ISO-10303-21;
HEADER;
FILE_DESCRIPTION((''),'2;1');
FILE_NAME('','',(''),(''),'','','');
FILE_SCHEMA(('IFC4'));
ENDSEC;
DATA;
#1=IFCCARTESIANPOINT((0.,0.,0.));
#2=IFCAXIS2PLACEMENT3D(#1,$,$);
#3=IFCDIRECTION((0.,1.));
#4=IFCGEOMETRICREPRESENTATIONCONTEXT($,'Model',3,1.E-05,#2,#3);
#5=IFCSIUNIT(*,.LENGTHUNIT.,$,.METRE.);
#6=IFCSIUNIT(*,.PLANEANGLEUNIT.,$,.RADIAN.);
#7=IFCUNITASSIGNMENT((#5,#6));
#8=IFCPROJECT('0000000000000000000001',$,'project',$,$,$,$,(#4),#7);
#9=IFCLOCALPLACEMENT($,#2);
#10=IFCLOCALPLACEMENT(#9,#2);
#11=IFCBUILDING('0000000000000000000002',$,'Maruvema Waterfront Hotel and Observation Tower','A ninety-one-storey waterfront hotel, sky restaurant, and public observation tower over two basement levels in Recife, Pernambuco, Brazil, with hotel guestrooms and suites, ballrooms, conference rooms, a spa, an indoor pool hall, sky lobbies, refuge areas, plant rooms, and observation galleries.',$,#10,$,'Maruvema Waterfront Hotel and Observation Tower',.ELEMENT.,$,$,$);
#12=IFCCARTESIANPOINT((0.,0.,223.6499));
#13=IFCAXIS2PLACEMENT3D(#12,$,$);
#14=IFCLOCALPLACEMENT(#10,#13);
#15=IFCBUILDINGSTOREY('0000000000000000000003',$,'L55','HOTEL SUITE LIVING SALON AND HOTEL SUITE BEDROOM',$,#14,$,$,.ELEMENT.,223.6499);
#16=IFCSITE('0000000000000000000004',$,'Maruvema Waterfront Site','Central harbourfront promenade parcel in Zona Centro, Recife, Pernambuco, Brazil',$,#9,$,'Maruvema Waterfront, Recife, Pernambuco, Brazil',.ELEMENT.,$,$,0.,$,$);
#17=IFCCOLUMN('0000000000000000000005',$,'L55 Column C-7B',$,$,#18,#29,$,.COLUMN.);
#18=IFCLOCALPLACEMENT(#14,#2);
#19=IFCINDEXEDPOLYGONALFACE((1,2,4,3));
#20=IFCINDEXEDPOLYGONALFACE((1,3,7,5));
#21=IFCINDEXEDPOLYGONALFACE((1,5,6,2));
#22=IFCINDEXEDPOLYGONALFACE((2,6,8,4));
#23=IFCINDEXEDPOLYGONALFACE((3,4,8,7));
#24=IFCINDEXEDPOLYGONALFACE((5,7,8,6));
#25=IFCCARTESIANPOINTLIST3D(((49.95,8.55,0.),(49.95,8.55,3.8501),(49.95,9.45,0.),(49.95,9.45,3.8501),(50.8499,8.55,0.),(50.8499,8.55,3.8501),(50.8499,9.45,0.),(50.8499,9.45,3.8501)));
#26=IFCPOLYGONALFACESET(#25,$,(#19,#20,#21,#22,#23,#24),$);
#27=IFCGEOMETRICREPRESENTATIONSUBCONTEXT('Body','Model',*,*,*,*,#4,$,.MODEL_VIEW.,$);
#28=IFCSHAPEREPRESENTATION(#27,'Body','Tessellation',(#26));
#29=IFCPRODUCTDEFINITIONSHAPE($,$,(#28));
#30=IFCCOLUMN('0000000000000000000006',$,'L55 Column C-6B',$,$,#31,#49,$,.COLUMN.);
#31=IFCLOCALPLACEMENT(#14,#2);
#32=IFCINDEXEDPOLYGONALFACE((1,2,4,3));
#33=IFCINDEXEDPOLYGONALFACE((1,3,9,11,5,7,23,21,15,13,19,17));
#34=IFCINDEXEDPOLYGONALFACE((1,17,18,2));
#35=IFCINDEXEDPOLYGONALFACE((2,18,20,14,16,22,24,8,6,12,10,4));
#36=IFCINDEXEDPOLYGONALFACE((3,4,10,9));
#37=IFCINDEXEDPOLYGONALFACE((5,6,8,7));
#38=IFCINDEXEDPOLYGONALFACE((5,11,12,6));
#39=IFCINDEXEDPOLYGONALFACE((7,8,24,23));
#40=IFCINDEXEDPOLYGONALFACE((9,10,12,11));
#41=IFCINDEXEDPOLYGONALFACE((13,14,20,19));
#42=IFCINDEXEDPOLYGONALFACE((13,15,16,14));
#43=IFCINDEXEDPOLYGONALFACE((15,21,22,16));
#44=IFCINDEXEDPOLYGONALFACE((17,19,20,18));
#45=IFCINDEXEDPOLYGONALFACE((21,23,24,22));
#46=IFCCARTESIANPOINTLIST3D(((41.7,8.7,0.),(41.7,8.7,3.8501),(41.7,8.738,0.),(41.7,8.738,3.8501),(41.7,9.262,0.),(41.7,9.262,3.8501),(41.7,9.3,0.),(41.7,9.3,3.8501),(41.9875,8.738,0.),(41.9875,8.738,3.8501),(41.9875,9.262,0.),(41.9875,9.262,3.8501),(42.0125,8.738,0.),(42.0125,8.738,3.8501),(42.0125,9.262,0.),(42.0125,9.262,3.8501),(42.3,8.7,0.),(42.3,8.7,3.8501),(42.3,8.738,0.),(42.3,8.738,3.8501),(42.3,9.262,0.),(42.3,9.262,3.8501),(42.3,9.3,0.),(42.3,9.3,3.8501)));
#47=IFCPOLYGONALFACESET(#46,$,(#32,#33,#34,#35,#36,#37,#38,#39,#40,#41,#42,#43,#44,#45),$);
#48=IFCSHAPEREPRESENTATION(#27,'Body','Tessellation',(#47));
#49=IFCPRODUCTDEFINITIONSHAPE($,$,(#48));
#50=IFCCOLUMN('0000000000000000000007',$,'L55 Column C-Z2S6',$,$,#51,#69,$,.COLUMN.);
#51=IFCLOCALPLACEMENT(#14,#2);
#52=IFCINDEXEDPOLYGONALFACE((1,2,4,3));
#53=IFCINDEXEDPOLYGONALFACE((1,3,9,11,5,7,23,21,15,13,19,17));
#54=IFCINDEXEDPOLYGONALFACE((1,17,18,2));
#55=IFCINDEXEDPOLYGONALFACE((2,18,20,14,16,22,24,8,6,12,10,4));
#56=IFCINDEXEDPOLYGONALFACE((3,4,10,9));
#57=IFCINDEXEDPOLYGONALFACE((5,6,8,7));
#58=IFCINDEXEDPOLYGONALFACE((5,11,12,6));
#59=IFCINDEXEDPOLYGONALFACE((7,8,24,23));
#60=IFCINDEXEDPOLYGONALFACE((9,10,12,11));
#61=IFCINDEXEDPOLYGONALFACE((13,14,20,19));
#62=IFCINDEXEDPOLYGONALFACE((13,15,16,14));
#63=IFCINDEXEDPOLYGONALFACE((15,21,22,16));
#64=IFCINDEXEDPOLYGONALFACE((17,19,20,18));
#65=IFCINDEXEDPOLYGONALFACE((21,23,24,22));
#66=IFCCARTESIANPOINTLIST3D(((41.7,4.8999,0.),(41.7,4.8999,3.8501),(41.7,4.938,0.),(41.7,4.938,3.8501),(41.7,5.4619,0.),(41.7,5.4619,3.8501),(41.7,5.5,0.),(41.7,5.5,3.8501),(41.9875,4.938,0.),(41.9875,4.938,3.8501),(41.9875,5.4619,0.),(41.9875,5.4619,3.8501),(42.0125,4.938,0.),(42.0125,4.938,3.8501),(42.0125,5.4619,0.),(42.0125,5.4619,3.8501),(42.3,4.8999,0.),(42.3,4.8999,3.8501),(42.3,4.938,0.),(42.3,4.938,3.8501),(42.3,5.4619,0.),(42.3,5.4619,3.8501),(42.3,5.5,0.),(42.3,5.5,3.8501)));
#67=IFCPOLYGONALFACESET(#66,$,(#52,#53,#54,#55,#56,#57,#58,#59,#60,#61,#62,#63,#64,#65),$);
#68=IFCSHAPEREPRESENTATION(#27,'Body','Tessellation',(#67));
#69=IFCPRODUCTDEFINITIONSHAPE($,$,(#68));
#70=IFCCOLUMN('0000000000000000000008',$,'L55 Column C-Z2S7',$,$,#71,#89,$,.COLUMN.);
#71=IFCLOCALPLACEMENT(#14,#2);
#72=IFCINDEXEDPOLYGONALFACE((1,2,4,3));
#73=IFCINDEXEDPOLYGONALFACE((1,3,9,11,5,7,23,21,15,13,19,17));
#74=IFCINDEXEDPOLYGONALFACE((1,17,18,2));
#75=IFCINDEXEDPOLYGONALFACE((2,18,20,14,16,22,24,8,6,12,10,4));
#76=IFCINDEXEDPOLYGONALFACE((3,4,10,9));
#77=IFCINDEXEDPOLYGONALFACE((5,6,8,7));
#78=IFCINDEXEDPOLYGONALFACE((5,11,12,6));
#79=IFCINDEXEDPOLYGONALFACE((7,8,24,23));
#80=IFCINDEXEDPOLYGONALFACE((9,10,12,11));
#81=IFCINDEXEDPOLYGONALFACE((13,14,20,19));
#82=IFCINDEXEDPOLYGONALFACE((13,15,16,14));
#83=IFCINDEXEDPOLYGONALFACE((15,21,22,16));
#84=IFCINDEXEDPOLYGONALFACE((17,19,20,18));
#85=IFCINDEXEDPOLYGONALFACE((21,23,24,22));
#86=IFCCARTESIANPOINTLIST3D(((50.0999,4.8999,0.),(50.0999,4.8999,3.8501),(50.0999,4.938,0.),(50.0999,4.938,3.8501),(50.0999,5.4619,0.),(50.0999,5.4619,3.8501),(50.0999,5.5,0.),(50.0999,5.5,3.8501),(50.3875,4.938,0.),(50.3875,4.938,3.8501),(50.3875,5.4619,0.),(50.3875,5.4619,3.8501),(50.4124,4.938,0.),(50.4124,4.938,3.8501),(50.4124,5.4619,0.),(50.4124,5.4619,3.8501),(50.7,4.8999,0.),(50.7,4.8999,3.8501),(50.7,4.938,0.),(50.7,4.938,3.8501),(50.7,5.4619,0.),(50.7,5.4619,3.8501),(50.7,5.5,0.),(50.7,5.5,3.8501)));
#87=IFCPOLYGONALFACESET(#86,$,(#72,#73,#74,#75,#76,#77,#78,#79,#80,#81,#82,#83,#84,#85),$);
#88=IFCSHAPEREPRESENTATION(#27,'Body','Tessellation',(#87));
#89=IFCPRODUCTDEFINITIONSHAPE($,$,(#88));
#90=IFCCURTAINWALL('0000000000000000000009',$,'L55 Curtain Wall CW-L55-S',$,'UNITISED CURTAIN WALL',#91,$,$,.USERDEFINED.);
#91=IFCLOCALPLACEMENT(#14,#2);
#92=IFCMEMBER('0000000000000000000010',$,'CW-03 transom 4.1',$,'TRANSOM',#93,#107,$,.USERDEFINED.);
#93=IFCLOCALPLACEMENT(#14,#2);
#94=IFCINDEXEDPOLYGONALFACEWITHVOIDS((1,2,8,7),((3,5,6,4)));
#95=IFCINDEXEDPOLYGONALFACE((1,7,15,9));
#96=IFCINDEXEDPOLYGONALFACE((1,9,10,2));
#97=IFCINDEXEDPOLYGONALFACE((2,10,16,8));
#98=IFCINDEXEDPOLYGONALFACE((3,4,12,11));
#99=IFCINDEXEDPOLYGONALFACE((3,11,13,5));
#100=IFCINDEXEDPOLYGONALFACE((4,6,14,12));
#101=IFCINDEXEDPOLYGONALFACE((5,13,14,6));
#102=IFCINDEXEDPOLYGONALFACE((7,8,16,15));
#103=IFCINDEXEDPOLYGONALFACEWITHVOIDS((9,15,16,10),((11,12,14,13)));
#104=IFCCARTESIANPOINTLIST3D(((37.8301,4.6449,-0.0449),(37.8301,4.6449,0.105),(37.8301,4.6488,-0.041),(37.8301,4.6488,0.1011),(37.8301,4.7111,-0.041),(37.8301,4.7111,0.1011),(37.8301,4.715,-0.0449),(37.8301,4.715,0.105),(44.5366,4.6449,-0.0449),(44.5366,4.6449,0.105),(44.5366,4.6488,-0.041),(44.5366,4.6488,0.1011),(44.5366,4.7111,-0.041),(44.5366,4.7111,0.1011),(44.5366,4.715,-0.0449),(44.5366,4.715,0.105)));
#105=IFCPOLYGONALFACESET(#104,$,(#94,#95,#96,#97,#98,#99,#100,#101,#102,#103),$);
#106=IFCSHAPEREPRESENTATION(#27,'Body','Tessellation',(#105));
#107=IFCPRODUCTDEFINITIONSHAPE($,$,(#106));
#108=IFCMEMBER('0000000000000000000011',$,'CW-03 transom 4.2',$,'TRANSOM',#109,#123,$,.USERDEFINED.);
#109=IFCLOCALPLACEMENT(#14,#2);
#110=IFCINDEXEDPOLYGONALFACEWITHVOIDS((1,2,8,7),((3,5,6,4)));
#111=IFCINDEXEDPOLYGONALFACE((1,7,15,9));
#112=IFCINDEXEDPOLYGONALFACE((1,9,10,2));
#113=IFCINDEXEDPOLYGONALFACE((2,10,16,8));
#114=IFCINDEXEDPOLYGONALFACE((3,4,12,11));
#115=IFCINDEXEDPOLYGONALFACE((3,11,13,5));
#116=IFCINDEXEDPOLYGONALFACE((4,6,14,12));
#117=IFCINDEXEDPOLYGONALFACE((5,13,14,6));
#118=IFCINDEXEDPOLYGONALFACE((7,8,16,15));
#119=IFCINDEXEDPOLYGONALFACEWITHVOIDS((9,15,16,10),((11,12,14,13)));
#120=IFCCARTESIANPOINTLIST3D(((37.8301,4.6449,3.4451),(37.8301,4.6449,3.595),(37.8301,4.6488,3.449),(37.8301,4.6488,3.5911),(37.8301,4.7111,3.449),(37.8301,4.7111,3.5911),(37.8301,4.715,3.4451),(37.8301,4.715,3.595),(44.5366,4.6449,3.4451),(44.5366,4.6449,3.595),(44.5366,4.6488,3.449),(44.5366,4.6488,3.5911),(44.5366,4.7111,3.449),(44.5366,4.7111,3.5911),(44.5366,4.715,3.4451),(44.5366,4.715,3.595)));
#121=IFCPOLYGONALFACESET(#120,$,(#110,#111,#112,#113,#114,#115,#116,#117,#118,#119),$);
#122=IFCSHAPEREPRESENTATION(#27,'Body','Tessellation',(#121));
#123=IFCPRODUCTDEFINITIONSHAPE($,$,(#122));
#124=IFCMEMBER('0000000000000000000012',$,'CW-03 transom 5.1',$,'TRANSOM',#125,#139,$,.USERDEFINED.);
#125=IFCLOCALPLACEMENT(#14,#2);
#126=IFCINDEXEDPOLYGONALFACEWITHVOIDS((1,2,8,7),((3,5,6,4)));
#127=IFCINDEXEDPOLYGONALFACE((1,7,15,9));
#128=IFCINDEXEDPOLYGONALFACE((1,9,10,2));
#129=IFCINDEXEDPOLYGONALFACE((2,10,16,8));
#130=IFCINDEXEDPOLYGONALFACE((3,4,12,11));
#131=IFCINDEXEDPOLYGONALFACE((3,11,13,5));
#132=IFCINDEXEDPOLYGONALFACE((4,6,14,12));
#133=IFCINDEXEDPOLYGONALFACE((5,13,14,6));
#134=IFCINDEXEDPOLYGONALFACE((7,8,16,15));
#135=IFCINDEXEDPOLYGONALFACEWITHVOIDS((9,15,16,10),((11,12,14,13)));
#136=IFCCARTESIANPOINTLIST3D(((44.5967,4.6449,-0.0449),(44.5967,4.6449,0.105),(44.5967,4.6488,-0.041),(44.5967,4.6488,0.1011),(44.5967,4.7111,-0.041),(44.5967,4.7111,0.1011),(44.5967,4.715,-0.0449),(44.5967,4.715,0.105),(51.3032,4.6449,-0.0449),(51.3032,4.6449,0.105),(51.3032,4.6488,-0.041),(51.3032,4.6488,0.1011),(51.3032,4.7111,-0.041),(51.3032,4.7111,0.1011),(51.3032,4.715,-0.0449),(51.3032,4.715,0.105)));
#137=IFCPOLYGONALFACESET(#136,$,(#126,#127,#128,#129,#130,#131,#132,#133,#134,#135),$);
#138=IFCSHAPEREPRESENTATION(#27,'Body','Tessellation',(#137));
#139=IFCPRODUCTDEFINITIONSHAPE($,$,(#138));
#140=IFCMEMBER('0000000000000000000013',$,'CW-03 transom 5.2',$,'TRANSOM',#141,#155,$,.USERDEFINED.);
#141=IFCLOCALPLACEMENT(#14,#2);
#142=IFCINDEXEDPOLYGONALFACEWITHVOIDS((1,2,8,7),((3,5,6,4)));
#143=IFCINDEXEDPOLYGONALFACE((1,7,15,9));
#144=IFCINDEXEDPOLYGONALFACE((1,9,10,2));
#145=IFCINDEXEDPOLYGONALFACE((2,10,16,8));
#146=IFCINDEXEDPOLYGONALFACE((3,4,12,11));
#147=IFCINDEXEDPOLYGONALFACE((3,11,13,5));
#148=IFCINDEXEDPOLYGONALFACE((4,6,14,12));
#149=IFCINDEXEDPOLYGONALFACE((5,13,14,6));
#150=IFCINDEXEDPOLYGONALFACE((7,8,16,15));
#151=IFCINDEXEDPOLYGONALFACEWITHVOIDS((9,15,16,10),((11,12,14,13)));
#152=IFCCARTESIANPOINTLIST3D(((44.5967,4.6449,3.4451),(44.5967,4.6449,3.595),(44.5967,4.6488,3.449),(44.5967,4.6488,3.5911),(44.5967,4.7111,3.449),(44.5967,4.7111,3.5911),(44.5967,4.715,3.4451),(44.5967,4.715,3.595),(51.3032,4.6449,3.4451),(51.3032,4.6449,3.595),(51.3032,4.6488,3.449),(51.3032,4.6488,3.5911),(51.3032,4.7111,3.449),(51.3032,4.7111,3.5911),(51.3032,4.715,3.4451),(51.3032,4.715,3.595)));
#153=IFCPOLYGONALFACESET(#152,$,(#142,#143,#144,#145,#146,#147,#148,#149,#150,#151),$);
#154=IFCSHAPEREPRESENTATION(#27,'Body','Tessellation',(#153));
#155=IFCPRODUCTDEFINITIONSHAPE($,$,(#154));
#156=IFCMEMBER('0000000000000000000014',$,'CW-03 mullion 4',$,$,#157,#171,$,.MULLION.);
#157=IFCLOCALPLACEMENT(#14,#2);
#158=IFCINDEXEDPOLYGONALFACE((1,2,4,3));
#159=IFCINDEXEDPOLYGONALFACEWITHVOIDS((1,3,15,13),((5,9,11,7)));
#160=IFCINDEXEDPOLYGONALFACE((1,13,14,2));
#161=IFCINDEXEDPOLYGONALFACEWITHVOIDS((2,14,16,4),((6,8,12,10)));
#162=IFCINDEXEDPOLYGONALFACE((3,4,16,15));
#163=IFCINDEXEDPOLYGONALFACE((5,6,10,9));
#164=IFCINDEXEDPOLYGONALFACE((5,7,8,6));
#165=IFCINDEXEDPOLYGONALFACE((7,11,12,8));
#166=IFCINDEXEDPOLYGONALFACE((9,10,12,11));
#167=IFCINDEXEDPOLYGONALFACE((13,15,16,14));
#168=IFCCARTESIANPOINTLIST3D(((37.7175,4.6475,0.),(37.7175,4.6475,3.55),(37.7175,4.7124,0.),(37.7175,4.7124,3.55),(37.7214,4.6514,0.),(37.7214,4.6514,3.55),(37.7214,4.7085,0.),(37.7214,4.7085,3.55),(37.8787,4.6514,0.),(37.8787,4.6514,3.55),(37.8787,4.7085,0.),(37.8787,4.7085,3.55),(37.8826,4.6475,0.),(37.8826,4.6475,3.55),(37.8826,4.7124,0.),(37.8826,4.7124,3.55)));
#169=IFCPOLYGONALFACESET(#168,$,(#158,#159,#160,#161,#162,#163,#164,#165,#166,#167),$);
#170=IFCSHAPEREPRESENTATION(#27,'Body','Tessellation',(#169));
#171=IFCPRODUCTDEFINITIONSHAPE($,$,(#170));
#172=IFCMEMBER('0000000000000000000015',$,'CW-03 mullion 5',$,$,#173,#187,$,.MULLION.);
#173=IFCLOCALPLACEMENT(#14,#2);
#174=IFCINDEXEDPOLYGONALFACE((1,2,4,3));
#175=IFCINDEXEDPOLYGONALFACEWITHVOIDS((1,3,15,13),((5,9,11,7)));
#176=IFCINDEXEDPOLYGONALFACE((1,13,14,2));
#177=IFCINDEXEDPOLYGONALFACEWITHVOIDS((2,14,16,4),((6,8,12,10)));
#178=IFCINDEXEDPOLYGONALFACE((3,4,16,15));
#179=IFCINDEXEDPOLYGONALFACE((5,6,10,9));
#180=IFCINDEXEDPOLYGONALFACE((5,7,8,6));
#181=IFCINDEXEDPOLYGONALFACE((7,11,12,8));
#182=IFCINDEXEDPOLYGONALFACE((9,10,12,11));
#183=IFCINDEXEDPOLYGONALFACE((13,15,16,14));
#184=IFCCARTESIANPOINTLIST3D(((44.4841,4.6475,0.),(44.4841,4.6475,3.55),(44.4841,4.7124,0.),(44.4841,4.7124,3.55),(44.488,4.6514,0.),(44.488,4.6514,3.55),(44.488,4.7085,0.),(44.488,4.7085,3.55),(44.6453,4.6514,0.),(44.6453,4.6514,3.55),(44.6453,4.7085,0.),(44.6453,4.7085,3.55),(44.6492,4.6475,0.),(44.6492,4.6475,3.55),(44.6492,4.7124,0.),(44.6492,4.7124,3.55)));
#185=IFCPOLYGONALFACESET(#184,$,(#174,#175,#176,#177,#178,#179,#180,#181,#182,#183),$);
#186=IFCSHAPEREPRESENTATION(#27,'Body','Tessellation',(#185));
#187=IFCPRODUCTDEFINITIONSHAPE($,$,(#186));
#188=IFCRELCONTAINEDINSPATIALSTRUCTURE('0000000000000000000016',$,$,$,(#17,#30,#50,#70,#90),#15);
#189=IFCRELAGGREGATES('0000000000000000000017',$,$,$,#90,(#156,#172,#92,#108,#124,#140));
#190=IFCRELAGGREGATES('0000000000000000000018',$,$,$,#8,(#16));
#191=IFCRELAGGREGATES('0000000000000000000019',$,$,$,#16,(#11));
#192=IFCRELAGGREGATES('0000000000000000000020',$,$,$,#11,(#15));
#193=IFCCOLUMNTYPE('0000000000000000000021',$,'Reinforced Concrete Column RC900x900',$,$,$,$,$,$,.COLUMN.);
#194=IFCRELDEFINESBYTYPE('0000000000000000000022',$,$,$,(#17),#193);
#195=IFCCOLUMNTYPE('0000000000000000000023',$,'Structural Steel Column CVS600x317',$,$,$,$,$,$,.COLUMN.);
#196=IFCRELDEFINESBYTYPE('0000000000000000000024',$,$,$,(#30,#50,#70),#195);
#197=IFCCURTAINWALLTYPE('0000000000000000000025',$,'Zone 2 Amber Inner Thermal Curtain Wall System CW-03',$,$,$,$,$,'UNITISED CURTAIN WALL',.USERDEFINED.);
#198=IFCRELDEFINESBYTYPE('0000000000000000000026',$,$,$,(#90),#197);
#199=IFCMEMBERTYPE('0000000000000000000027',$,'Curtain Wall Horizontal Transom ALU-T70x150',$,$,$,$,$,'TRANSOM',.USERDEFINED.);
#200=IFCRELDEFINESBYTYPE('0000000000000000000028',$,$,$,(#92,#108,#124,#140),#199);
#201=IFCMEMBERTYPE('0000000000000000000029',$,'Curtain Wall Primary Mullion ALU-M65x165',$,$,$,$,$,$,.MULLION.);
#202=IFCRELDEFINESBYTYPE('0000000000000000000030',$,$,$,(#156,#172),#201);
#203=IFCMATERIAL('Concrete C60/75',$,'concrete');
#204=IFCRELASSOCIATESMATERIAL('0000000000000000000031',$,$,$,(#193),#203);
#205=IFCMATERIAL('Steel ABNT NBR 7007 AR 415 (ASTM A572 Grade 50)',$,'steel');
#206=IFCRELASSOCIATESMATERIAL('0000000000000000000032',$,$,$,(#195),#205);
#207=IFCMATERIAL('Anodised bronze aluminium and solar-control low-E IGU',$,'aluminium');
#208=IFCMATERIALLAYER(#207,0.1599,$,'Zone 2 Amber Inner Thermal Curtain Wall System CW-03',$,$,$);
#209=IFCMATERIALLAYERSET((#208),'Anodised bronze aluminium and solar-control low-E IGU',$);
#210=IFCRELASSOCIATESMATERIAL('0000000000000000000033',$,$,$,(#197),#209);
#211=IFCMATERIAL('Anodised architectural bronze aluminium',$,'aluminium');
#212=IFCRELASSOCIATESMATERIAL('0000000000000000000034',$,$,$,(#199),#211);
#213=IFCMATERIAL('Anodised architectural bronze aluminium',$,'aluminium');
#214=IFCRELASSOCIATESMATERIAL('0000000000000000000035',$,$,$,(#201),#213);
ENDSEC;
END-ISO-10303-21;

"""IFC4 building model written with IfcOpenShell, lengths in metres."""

from ifc_helpers import new_model, si_unit, direction, frame, origin, origin_2d, place, context, subcontext, project, spatial, rectangle, hollow_rectangle, i_section, extrude, material, layer, layer_set, material_profile, profile_set, type_object, element, aggregate, save


model = new_model("IFC4")

# Units and contexts
model_context = context("Model", 3, precision=1e-05, world=origin(), true_north=direction((0.0, 1.0)))
body_context = subcontext(model_context, "Body", "Model", "MODEL_VIEW")
ifc_project = project(units=[si_unit("LENGTHUNIT", "METRE"), si_unit("PLANEANGLEUNIT", "RADIAN")], contexts=[model_context])

# Site, building, storey
site_placement = place(None, origin())
site = spatial("IfcSite", under=ifc_project, at=site_placement, Name="Maruvema Waterfront Site", Description="Central harbourfront promenade parcel in Zona Centro, Recife, Pernambuco, Brazil", LongName="Maruvema Waterfront, Recife, Pernambuco, Brazil", CompositionType="ELEMENT", RefElevation=0.0)
building_placement = place(site_placement, origin())
building = spatial("IfcBuilding", under=site, at=building_placement, Name="Maruvema Waterfront Hotel and Observation Tower", Description="A ninety-one-storey waterfront hotel, sky restaurant, and public observation tower over two basement levels in Recife, Pernambuco, Brazil, with hotel guestrooms and suites, ballrooms, conference rooms, a spa, an indoor pool hall, sky lobbies, refuge areas, plant rooms, and observation galleries.", LongName="Maruvema Waterfront Hotel and Observation Tower", CompositionType="ELEMENT")
storey_placement = place(building_placement, frame((0.0, 0.0, 223.6499)))
storey = spatial("IfcBuildingStorey", under=building, at=storey_placement, Name="L55", Description="HOTEL SUITE LIVING SALON AND HOTEL SUITE BEDROOM", CompositionType="ELEMENT", Elevation=223.6499)

# Columns
ifc_material_1 = material(Name="Concrete C60/75", Category="concrete")
ifc_material_profile_1 = material_profile(ifc_material_1, rectangle(XDim=0.8999, YDim=0.8999, at=origin_2d()), Name="RC900x900")
ifc_profile_set_1 = profile_set([ifc_material_profile_1], Name="Concrete C60/75")
column_type_1 = type_object("IfcColumnType", Name="Reinforced Concrete Column RC900x900", PredefinedType="COLUMN", material=ifc_profile_set_1)
column_placement = place(storey_placement, frame((50.3999, 9.0, 0.0), z_axis=(0.0, 0.0, 1.0), x_axis=(1.0, 0.0, 0.0)))
element("IfcColumn", 1, at=column_placement, inside=storey, type_object=column_type_1, Name="L55 Column C-7B", PredefinedType="COLUMN", context=body_context, shape_type="SweptSolid", body=[
    extrude(rectangle(XDim=0.8999, YDim=0.8999, at=origin_2d()), origin(), (0.0, 0.0, 1.0), 3.8501),
])
ifc_material_2 = material(Name="Steel ABNT NBR 7007 AR 415 (ASTM A572 Grade 50)", Category="steel")
ifc_material_profile_2 = material_profile(ifc_material_2, i_section(OverallWidth=0.6001, OverallDepth=0.6001, WebThickness=0.0249, FlangeThickness=0.0381, at=origin_2d()), Name="CVS600x317")
ifc_profile_set_2 = profile_set([ifc_material_profile_2], Name="Steel ABNT NBR 7007 AR 415 (ASTM A572 Grade 50)")
column_type_2 = type_object("IfcColumnType", Name="Structural Steel Column CVS600x317", PredefinedType="COLUMN", material=ifc_profile_set_2)
for number, where, z_axis, x_axis, name in (
    (2, (42.0, 9.0, 0.0), (0.0, 0.0, 1.0), (1.0, 0.0, 0.0), "L55 Column C-6B"),
    (3, (42.0, 5.2, 0.0), (0.0, 0.0, 1.0), (1.0, 0.0, 0.0), "L55 Column C-Z2S6"),
    (4, (50.3999, 5.2, 0.0), (0.0, 0.0, 1.0), (1.0, 0.0, 0.0), "L55 Column C-Z2S7"),
):
    element("IfcColumn", number, at=place(storey_placement, frame(where, z_axis=z_axis, x_axis=x_axis)), inside=storey, type_object=column_type_2, Name=name, PredefinedType="COLUMN", context=body_context, shape_type="SweptSolid", body=[
        extrude(i_section(OverallWidth=0.6001, OverallDepth=0.6001, WebThickness=0.0249, FlangeThickness=0.0381, at=origin_2d()), origin(), (0.0, 0.0, 1.0), 3.8501),
    ])

# Curtain wall, members
ifc_material_3 = material(Name="Anodised bronze aluminium and solar-control low-E IGU", Category="aluminium")
ifc_layer_1 = layer(ifc_material_3, 0.1599, Name="Zone 2 Amber Inner Thermal Curtain Wall System CW-03")
ifc_layer_set_1 = layer_set([ifc_layer_1], Name="Anodised bronze aluminium and solar-control low-E IGU")
curtain_wall_type = type_object("IfcCurtainWallType", Name="Zone 2 Amber Inner Thermal Curtain Wall System CW-03", ElementType="UNITISED CURTAIN WALL", PredefinedType="USERDEFINED", material=ifc_layer_set_1)
curtain_wall_placement = place(storey_placement, origin())
curtain_wall = element("IfcCurtainWall", 5, at=curtain_wall_placement, inside=storey, type_object=curtain_wall_type, Name="L55 Curtain Wall CW-L55-S", ObjectType="UNITISED CURTAIN WALL", PredefinedType="USERDEFINED")
ifc_material_4 = material(Name="Anodised architectural bronze aluminium", Category="aluminium")
ifc_material_profile_3 = material_profile(ifc_material_4, hollow_rectangle(XDim=0.0701, YDim=0.1499, WallThickness=0.0039, at=origin_2d()), Name="ALU-T70x150")
ifc_profile_set_3 = profile_set([ifc_material_profile_3], Name="Anodised architectural bronze aluminium")
member_type_1 = type_object("IfcMemberType", Name="Curtain Wall Horizontal Transom ALU-T70x150", ElementType="TRANSOM", PredefinedType="USERDEFINED", material=ifc_profile_set_3)
member_1_placement = place(storey_placement, frame((37.8301, 4.6799, 0.03), z_axis=(1.0, 0.0, 0.0), x_axis=(0.0, 1.0, 0.0)))
member_1 = element("IfcMember", 6, at=member_1_placement, type_object=member_type_1, Name="CW-03 transom 4.1", ObjectType="TRANSOM", PredefinedType="USERDEFINED", context=body_context, shape_type="SweptSolid", body=[
    extrude(hollow_rectangle(XDim=0.0701, YDim=0.1499, WallThickness=0.0039, at=origin_2d()), origin(), (0.0, 0.0, 1.0), 6.7065),
])
member_2_placement = place(storey_placement, frame((37.8301, 4.6799, 3.52), z_axis=(1.0, 0.0, 0.0), x_axis=(0.0, 1.0, 0.0)))
member_2 = element("IfcMember", 7, at=member_2_placement, type_object=member_type_1, Name="CW-03 transom 4.2", ObjectType="TRANSOM", PredefinedType="USERDEFINED", context=body_context, shape_type="SweptSolid", body=[
    extrude(hollow_rectangle(XDim=0.0701, YDim=0.1499, WallThickness=0.0039, at=origin_2d()), origin(), (0.0, 0.0, 1.0), 6.7065),
])
member_3_placement = place(storey_placement, frame((44.5967, 4.6799, 0.03), z_axis=(1.0, 0.0, 0.0), x_axis=(0.0, 1.0, 0.0)))
member_3 = element("IfcMember", 8, at=member_3_placement, type_object=member_type_1, Name="CW-03 transom 5.1", ObjectType="TRANSOM", PredefinedType="USERDEFINED", context=body_context, shape_type="SweptSolid", body=[
    extrude(hollow_rectangle(XDim=0.0701, YDim=0.1499, WallThickness=0.0039, at=origin_2d()), origin(), (0.0, 0.0, 1.0), 6.7065),
])
member_4_placement = place(storey_placement, frame((44.5967, 4.6799, 3.52), z_axis=(1.0, 0.0, 0.0), x_axis=(0.0, 1.0, 0.0)))
member_4 = element("IfcMember", 9, at=member_4_placement, type_object=member_type_1, Name="CW-03 transom 5.2", ObjectType="TRANSOM", PredefinedType="USERDEFINED", context=body_context, shape_type="SweptSolid", body=[
    extrude(hollow_rectangle(XDim=0.0701, YDim=0.1499, WallThickness=0.0039, at=origin_2d()), origin(), (0.0, 0.0, 1.0), 6.7065),
])
ifc_material_5 = material(Name="Anodised architectural bronze aluminium", Category="aluminium")
ifc_material_profile_4 = material_profile(ifc_material_5, hollow_rectangle(XDim=0.0649, YDim=0.165, WallThickness=0.0039, at=origin_2d()), Name="ALU-M65x165")
ifc_profile_set_4 = profile_set([ifc_material_profile_4], Name="Anodised architectural bronze aluminium")
member_type_2 = type_object("IfcMemberType", Name="Curtain Wall Primary Mullion ALU-M65x165", PredefinedType="MULLION", material=ifc_profile_set_4)
member_5_placement = place(storey_placement, frame((37.8, 4.6799, 0.0), z_axis=(0.0, 0.0, 1.0), x_axis=(0.0, 1.0, 0.0)))
member_5 = element("IfcMember", 10, at=member_5_placement, type_object=member_type_2, Name="CW-03 mullion 4", PredefinedType="MULLION", context=body_context, shape_type="SweptSolid", body=[
    extrude(hollow_rectangle(XDim=0.0649, YDim=0.165, WallThickness=0.0039, at=origin_2d()), origin(), (0.0, 0.0, 1.0), 3.55),
])
member_6_placement = place(storey_placement, frame((44.5667, 4.6799, 0.0), z_axis=(0.0, 0.0, 1.0), x_axis=(0.0, 1.0, 0.0)))
member_6 = element("IfcMember", 11, at=member_6_placement, type_object=member_type_2, Name="CW-03 mullion 5", PredefinedType="MULLION", context=body_context, shape_type="SweptSolid", body=[
    extrude(hollow_rectangle(XDim=0.0649, YDim=0.165, WallThickness=0.0039, at=origin_2d()), origin(), (0.0, 0.0, 1.0), 3.55),
])

aggregate(curtain_wall, [member_5, member_6, member_1, member_2, member_3, member_4])

save(model, "model.ifc")
